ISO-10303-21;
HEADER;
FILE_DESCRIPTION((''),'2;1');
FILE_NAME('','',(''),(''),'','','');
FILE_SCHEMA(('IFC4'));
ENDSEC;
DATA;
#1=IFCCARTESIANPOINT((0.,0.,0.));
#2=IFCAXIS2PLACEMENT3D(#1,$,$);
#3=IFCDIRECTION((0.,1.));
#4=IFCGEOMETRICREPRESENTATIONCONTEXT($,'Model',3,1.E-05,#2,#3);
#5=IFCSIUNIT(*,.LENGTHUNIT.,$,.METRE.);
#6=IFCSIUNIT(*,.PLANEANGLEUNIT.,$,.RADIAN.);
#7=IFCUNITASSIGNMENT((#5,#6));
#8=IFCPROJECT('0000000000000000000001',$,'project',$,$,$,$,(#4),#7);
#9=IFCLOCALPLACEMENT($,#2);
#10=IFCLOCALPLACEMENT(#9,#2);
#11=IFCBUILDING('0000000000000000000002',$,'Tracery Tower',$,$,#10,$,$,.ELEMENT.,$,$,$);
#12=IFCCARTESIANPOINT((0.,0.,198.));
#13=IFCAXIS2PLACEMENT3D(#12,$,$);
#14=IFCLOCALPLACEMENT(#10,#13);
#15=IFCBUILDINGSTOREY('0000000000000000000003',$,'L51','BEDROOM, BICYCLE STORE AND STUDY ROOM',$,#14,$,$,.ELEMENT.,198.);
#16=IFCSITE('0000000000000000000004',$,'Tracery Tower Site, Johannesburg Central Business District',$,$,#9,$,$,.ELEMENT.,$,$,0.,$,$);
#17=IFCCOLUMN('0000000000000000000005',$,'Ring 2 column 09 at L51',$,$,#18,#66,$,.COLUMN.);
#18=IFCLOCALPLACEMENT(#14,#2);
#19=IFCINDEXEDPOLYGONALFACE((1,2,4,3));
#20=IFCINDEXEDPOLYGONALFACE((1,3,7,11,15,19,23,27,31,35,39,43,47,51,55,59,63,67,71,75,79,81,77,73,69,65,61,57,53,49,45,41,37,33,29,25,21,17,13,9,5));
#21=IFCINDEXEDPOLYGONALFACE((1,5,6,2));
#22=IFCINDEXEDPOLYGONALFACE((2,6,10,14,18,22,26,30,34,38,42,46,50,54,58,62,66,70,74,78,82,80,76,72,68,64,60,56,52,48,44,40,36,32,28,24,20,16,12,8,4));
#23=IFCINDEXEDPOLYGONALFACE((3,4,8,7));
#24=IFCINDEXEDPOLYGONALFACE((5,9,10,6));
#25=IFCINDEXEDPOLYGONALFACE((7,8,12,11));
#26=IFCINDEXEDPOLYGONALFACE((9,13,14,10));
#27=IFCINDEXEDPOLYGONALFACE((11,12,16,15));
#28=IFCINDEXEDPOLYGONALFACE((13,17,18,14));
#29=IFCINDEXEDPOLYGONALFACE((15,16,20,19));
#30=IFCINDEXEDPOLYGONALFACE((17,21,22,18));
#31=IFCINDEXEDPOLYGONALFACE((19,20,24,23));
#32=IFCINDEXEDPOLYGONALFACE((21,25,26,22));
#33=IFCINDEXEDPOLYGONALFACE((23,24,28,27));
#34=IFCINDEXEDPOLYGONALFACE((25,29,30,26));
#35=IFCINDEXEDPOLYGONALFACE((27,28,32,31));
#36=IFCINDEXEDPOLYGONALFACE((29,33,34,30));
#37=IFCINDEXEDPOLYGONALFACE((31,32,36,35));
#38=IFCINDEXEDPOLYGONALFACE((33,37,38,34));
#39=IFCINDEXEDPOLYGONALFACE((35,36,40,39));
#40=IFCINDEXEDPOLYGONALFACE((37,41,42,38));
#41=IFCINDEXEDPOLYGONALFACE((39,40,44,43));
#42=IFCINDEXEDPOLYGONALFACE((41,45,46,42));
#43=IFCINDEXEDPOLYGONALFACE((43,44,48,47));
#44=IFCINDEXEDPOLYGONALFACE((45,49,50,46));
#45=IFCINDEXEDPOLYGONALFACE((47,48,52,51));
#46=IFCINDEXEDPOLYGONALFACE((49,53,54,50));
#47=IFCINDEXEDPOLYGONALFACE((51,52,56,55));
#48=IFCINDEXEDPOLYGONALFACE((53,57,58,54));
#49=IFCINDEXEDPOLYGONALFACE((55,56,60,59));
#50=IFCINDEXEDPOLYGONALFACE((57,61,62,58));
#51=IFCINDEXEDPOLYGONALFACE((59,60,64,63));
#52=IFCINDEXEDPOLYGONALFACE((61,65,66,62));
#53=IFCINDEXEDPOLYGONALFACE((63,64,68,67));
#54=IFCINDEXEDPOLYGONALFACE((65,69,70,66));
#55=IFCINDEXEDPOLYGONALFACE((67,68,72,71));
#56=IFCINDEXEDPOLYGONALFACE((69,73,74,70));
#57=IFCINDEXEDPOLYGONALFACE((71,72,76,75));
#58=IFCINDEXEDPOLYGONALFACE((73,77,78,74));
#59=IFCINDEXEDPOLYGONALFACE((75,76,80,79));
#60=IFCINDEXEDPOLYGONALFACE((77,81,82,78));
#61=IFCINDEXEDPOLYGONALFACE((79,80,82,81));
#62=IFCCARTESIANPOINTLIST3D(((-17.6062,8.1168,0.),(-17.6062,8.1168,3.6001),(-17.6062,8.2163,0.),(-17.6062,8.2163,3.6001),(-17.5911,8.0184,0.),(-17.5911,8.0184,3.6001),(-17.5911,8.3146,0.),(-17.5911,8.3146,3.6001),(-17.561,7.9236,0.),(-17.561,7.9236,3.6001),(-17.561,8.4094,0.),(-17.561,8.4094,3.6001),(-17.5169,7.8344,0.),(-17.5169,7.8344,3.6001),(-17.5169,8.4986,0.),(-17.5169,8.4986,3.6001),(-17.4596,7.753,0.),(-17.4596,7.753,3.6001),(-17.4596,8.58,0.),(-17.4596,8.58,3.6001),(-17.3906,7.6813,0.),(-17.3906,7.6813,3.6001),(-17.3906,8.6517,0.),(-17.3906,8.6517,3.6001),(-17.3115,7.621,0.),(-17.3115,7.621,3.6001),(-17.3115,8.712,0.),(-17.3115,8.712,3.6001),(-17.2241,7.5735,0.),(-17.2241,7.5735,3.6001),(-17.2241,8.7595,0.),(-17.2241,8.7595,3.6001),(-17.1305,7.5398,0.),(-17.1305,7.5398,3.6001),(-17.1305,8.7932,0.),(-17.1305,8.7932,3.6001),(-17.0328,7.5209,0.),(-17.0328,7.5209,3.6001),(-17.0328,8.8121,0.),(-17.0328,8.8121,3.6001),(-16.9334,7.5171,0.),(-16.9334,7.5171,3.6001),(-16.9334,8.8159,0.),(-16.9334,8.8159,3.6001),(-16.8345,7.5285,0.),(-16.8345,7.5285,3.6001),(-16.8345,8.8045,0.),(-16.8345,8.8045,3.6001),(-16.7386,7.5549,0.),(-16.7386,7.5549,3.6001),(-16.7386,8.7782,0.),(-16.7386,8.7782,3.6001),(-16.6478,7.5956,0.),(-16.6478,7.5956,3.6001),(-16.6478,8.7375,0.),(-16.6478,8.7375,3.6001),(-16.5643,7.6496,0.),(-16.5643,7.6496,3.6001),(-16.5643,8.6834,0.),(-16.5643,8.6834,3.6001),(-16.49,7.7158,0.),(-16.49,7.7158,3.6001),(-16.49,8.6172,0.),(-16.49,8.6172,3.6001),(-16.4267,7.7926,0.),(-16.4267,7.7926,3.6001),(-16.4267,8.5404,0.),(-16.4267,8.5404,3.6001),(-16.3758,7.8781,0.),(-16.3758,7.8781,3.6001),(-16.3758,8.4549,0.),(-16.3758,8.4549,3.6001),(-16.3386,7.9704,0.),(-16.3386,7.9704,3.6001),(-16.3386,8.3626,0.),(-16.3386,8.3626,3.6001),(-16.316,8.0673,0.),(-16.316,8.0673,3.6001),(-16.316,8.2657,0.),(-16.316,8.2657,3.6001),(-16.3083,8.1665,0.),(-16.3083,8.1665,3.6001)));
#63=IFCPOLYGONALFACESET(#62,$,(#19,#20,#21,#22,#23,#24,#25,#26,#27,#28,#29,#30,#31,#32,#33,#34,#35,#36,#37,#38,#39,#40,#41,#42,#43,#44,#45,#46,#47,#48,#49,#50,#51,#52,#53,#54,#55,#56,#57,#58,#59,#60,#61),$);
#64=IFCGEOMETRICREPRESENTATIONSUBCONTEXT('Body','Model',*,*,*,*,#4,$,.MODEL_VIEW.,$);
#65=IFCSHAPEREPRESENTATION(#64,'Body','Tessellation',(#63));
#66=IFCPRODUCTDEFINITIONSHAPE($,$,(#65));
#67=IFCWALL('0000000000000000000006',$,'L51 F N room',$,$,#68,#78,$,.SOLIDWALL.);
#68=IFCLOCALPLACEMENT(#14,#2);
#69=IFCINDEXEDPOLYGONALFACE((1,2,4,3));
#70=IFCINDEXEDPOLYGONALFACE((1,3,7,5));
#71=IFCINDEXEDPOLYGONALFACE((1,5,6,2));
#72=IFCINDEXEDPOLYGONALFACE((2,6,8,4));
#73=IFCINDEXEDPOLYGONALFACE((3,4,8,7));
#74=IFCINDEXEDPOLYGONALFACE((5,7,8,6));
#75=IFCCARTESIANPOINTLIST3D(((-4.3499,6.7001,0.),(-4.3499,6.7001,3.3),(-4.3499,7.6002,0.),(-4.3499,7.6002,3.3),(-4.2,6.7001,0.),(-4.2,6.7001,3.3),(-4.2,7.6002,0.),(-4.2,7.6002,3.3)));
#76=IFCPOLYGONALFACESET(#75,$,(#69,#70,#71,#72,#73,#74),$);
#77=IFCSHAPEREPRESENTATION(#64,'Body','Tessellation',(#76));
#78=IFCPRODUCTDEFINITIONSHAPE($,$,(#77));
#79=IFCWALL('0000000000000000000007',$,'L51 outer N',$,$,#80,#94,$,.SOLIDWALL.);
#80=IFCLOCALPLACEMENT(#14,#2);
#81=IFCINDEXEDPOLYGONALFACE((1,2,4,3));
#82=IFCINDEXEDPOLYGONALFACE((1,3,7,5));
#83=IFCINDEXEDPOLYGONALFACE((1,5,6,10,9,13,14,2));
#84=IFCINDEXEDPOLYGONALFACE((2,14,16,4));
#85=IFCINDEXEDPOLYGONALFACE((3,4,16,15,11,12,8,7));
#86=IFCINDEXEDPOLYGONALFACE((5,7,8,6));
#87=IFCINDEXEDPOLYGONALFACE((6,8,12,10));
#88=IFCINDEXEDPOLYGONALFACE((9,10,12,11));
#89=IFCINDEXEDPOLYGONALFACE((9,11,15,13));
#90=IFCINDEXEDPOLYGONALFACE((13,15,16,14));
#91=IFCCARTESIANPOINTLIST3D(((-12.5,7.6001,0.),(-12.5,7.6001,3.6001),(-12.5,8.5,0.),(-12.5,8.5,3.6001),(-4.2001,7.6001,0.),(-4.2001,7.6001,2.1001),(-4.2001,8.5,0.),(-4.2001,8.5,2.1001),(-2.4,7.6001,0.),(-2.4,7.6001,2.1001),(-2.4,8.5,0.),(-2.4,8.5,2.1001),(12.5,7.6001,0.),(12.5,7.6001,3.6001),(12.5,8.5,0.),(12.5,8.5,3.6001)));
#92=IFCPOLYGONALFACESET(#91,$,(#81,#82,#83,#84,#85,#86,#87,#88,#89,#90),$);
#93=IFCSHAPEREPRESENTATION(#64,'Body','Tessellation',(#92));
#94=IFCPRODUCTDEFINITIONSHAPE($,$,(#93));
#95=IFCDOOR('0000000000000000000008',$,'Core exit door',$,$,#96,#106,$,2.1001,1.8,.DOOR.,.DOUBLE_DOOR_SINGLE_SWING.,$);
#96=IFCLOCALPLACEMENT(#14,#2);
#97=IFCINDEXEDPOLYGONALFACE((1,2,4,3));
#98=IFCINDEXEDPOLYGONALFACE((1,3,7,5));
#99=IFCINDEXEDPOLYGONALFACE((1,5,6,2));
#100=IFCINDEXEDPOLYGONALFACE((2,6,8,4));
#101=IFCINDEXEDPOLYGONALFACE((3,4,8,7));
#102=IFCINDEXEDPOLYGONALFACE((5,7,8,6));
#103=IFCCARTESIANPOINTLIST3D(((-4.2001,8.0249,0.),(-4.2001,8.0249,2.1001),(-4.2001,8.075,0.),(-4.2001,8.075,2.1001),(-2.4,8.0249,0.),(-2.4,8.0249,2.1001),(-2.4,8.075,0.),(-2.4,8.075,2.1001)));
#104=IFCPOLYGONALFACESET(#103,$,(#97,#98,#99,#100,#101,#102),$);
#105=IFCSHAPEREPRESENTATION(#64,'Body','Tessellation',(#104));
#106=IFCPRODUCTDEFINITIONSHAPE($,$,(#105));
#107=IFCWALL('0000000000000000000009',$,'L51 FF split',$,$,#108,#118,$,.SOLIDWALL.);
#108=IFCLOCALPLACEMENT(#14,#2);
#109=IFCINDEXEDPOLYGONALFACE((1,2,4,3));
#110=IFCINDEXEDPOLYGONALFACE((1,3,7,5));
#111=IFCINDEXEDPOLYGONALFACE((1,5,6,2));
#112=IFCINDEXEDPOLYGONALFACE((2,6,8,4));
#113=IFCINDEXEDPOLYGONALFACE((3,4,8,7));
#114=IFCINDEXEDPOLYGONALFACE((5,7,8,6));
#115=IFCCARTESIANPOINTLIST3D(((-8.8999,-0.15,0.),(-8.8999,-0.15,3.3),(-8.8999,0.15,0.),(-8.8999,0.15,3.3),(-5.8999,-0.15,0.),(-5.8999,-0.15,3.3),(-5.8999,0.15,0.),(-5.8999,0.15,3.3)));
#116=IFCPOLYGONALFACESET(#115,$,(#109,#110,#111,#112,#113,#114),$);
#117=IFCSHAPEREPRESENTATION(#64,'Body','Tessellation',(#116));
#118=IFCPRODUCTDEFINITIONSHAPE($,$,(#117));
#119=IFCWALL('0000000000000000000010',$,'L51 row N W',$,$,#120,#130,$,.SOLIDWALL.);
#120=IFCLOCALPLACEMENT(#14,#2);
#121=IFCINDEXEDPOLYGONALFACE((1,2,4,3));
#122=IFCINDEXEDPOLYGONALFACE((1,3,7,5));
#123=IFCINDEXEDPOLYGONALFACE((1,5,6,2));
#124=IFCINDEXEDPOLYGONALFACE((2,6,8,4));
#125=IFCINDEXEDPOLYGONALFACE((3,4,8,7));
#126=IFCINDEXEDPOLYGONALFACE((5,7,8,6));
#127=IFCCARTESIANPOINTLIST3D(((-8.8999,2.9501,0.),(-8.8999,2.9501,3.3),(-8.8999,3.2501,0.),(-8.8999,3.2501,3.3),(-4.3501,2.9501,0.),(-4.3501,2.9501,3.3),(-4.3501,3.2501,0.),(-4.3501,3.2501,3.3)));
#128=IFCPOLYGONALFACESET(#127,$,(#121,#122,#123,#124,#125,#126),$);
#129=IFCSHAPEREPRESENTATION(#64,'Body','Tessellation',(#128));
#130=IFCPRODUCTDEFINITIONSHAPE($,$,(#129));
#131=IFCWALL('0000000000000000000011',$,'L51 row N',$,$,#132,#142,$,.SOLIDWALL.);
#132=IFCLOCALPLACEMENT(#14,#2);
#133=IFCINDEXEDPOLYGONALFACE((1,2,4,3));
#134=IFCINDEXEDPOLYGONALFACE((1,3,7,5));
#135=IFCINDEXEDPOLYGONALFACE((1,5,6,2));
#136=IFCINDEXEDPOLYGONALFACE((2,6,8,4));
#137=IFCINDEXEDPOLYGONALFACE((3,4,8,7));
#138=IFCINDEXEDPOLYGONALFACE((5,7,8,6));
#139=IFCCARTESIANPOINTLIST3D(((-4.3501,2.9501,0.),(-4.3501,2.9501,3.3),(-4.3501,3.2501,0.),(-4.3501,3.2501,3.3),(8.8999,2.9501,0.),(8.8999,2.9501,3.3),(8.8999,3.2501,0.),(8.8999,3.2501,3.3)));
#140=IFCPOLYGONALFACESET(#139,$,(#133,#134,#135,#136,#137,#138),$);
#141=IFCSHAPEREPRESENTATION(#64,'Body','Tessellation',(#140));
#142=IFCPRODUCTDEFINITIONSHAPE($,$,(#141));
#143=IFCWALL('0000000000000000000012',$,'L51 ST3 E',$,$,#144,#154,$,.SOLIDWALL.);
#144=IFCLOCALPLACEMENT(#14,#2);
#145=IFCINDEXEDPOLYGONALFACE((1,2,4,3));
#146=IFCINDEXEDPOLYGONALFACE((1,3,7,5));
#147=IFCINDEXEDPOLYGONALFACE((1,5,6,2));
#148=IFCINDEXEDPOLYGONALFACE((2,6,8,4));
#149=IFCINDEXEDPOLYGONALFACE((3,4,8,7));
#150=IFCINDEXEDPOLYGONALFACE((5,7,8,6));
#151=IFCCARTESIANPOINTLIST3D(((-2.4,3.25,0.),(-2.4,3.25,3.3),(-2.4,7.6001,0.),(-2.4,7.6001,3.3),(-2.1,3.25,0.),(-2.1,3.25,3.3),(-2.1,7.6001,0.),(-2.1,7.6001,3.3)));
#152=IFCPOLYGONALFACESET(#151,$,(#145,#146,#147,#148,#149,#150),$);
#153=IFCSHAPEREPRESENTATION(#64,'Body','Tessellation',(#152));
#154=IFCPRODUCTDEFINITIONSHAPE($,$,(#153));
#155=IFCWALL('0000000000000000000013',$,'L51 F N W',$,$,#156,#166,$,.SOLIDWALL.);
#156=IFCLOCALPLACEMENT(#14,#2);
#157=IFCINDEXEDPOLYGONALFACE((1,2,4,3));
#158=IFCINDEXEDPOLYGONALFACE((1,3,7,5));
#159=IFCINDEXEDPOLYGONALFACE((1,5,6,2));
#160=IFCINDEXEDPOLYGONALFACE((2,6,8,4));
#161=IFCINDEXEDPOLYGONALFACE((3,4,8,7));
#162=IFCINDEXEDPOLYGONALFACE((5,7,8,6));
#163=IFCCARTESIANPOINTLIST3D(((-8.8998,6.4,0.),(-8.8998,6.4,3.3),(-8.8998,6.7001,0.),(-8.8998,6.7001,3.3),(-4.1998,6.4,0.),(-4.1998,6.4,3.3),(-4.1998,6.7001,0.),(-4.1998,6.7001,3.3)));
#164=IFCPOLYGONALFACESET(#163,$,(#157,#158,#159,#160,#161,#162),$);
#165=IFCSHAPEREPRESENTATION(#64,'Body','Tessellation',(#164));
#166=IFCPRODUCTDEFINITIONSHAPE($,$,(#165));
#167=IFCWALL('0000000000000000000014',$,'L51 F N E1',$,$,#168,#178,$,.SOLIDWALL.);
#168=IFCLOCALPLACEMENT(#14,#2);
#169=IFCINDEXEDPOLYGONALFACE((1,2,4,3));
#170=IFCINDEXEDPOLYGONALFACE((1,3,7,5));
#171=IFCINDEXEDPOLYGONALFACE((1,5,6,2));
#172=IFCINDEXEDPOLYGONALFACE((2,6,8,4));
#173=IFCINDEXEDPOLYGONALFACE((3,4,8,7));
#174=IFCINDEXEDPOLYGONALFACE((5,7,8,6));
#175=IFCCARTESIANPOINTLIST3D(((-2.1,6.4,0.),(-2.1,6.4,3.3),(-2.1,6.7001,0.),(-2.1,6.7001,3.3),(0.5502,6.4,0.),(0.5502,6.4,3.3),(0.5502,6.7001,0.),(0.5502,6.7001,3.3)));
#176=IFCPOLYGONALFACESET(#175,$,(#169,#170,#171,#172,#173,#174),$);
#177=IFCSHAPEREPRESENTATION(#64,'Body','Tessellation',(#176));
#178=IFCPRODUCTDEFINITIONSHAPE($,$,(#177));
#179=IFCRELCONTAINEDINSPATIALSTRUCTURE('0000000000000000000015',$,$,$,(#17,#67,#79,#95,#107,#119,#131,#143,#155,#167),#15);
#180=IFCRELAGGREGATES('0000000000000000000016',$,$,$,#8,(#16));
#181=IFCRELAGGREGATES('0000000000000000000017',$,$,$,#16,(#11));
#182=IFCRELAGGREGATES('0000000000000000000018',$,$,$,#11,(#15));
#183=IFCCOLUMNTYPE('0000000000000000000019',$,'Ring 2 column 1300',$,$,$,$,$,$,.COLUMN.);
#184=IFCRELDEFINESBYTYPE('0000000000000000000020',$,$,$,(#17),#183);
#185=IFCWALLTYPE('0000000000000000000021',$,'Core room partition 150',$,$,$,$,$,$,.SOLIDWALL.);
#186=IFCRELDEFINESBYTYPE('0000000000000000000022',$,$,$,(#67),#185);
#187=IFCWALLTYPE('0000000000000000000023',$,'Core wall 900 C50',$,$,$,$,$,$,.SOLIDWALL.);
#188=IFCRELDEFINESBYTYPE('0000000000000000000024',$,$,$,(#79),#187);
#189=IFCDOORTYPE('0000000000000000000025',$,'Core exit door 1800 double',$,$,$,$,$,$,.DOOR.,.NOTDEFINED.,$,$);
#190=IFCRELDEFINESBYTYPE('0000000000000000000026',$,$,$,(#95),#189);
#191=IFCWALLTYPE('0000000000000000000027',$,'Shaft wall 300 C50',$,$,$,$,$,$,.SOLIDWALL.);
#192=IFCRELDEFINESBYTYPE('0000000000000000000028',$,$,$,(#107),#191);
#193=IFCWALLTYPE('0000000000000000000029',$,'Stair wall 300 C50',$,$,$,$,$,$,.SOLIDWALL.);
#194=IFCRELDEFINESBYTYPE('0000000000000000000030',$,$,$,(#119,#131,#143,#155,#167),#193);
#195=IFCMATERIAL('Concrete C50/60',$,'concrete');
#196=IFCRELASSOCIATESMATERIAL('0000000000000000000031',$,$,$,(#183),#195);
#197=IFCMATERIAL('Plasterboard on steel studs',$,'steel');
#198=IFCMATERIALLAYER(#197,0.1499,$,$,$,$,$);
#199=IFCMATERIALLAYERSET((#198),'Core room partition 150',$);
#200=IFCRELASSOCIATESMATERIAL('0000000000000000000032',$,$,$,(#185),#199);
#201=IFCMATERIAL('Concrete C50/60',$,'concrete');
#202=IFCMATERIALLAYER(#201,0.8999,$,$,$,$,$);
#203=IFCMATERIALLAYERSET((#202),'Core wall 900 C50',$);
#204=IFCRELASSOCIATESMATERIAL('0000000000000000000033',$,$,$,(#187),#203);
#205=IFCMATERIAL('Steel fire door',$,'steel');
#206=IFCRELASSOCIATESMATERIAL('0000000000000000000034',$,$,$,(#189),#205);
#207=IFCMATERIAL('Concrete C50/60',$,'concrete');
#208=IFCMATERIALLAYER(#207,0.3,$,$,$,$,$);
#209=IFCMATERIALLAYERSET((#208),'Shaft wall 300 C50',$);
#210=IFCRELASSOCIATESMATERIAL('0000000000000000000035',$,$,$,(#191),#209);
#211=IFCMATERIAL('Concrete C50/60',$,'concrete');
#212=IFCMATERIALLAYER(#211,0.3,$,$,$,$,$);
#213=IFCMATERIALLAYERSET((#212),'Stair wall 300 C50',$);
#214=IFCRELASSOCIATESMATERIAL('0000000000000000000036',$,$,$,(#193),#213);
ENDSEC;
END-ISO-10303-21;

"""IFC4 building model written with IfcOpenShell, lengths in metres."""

from ifc_helpers import new_model, si_unit, direction, frame, frame_2d, origin, origin_2d, place, context, subcontext, project, spatial, rectangle, circle, extrude, material, layer, layer_set, material_profile, profile_set, type_object, element, fill, save


model = new_model("IFC4")

# Units and contexts
model_context = context("Model", 3, precision=1e-05, world=origin(), true_north=direction((0.0, 1.0)))
body_context = subcontext(model_context, "Body", "Model", "MODEL_VIEW")
ifc_project = project(units=[si_unit("LENGTHUNIT", "METRE"), si_unit("PLANEANGLEUNIT", "RADIAN")], contexts=[model_context])

# Site, building, storey
site_placement = place(None, origin())
site = spatial("IfcSite", under=ifc_project, at=site_placement, Name="Tracery Tower Site, Johannesburg Central Business District", CompositionType="ELEMENT", RefElevation=0.0)
building_placement = place(site_placement, origin())
building = spatial("IfcBuilding", under=site, at=building_placement, Name="Tracery Tower", CompositionType="ELEMENT")
storey_placement = place(building_placement, frame((0.0, 0.0, 198.0)))
storey = spatial("IfcBuildingStorey", under=building, at=storey_placement, Name="L51", Description="BEDROOM, BICYCLE STORE AND STUDY ROOM", CompositionType="ELEMENT", Elevation=198.0)

# Column
ifc_material_1 = material(Name="Concrete C50/60", Category="concrete")
ifc_material_profile = material_profile(ifc_material_1, circle(Radius=0.6499, at=origin_2d()), Name="RC D1300")
ifc_profile_set = profile_set([ifc_material_profile], Name="Concrete C50/60")
column_type = type_object("IfcColumnType", Name="Ring 2 column 1300", PredefinedType="COLUMN", material=ifc_profile_set)
column_placement = place(storey_placement, frame((-16.9583, 8.1665, 0.0), z_axis=(0.0, 0.0, 1.0), x_axis=(1.0, 0.0, 0.0)))
element("IfcColumn", 1, at=column_placement, inside=storey, type_object=column_type, Name="Ring 2 column 09 at L51", PredefinedType="COLUMN", context=body_context, shape_type="SweptSolid", body=[
    extrude(circle(Radius=0.6499, at=origin_2d()), origin(), (0.0, 0.0, 1.0), 3.6001),
])

# Wall
ifc_material_2 = material(Name="Plasterboard on steel studs", Category="steel")
ifc_layer_1 = layer(ifc_material_2, 0.1499)
ifc_layer_set_1 = layer_set([ifc_layer_1], Name="Core room partition 150")
wall_type_1 = type_object("IfcWallType", Name="Core room partition 150", PredefinedType="SOLIDWALL", material=ifc_layer_set_1)
wall_1_placement = place(storey_placement, frame((-4.2749, 6.7, 0.0), z_axis=(0.0, 0.0, 1.0), x_axis=(0.0, 1.0, 0.0)))
element("IfcWall", 2, at=wall_1_placement, inside=storey, type_object=wall_type_1, Name="L51 F N room", PredefinedType="SOLIDWALL", context=body_context, shape_type="SweptSolid", body=[
    extrude(rectangle(XDim=0.9001, YDim=0.1499, at=frame_2d((0.4502, 0.0))), origin(), (0.0, 0.0, 1.0), 3.3),
])

# Wall, opening, door
ifc_material_3 = material(Name="Concrete C50/60", Category="concrete")
ifc_layer_2 = layer(ifc_material_3, 0.8999)
ifc_layer_set_2 = layer_set([ifc_layer_2], Name="Core wall 900 C50")
wall_type_2 = type_object("IfcWallType", Name="Core wall 900 C50", PredefinedType="SOLIDWALL", material=ifc_layer_set_2)
wall_2_placement = place(storey_placement, frame((-12.5, 8.05, 0.0), z_axis=(0.0, 0.0, 1.0), x_axis=(1.0, 0.0, 0.0)))
wall_2 = element("IfcWall", 3, at=wall_2_placement, inside=storey, type_object=wall_type_2, Name="L51 outer N", PredefinedType="SOLIDWALL", context=body_context, shape_type="SweptSolid", body=[
    extrude(rectangle(XDim=25.0, YDim=0.8999, at=frame_2d((12.5, 0.0))), origin(), (0.0, 0.0, 1.0), 3.6001),
])
opening_1_placement = place(wall_2_placement, frame((8.3, 0.0, 0.0)))
opening_1 = element("IfcOpeningElement", 4, at=opening_1_placement, cuts=wall_2, PredefinedType="OPENING", context=body_context, shape_type="SweptSolid", body=[
    extrude(rectangle(XDim=1.8, YDim=2.1001, at=frame_2d((0.8999, 1.05))), frame((0.0, 0.45, 0.0), z_axis=(0.0, -1.0, 0.0), x_axis=(1.0, 0.0, 0.0)), (0.0, 0.0, 1.0), 0.8999),
])
ifc_material_4 = material(Name="Steel fire door", Category="steel")
door_type_1 = type_object("IfcDoorType", Name="Core exit door 1800 double", OperationType="NOTDEFINED", PredefinedType="DOOR", material=ifc_material_4)
door_1_placement = place(opening_1_placement, origin())
door_1 = element("IfcDoor", 5, at=door_1_placement, inside=storey, type_object=door_type_1, Name="Core exit door", OperationType="DOUBLE_DOOR_SINGLE_SWING", OverallHeight=2.1001, OverallWidth=1.8, PredefinedType="DOOR", context=body_context, shape_type="SweptSolid", body=[
    extrude(rectangle(XDim=1.8, YDim=2.1001, at=frame_2d((0.8999, 1.05))), frame((0.0, 0.0249, 0.0), z_axis=(0.0, -1.0, 0.0), x_axis=(1.0, 0.0, 0.0)), (0.0, 0.0, 1.0), 0.05),
])
fill(opening_1, door_1)

# Wall
ifc_material_5 = material(Name="Concrete C50/60", Category="concrete")
ifc_layer_3 = layer(ifc_material_5, 0.3)
ifc_layer_set_3 = layer_set([ifc_layer_3], Name="Shaft wall 300 C50")
wall_type_3 = type_object("IfcWallType", Name="Shaft wall 300 C50", PredefinedType="SOLIDWALL", material=ifc_layer_set_3)
wall_3_placement = place(storey_placement, frame((-8.8999, 0.0, 0.0), z_axis=(0.0, 0.0, 1.0), x_axis=(1.0, 0.0, 0.0)))
element("IfcWall", 6, at=wall_3_placement, inside=storey, type_object=wall_type_3, Name="L51 FF split", PredefinedType="SOLIDWALL", context=body_context, shape_type="SweptSolid", body=[
    extrude(rectangle(XDim=3.0, YDim=0.3, at=frame_2d((1.5, 0.0))), origin(), (0.0, 0.0, 1.0), 3.3),
])

# Walls
ifc_material_6 = material(Name="Concrete C50/60", Category="concrete")
ifc_layer_4 = layer(ifc_material_6, 0.3)
ifc_layer_set_4 = layer_set([ifc_layer_4], Name="Stair wall 300 C50")
wall_type_4 = type_object("IfcWallType", Name="Stair wall 300 C50", PredefinedType="SOLIDWALL", material=ifc_layer_set_4)
wall_4_placement = place(storey_placement, frame((-8.8999, 3.1001, 0.0), z_axis=(0.0, 0.0, 1.0), x_axis=(1.0, 0.0, 0.0)))
element("IfcWall", 7, at=wall_4_placement, inside=storey, type_object=wall_type_4, Name="L51 row N W", PredefinedType="SOLIDWALL", context=body_context, shape_type="SweptSolid", body=[
    extrude(rectangle(XDim=4.5498, YDim=0.3, at=frame_2d((2.2749, 0.0))), origin(), (0.0, 0.0, 1.0), 3.3),
])
wall_5_placement = place(storey_placement, frame((-4.3501, 3.1001, 0.0), z_axis=(0.0, 0.0, 1.0), x_axis=(1.0, 0.0, 0.0)))
element("IfcWall", 8, at=wall_5_placement, inside=storey, type_object=wall_type_4, Name="L51 row N", PredefinedType="SOLIDWALL", context=body_context, shape_type="SweptSolid", body=[
    extrude(rectangle(XDim=13.25, YDim=0.3, at=frame_2d((6.625, 0.0))), origin(), (0.0, 0.0, 1.0), 3.3),
])
wall_6_placement = place(storey_placement, frame((-2.25, 3.25, 0.0), z_axis=(0.0, 0.0, 1.0), x_axis=(0.0, 1.0, 0.0)))
element("IfcWall", 9, at=wall_6_placement, inside=storey, type_object=wall_type_4, Name="L51 ST3 E", PredefinedType="SOLIDWALL", context=body_context, shape_type="SweptSolid", body=[
    extrude(rectangle(XDim=4.3501, YDim=0.3, at=frame_2d((2.175, 0.0))), origin(), (0.0, 0.0, 1.0), 3.3),
])
wall_7_placement = place(storey_placement, frame((-8.8999, 6.55, 0.0), z_axis=(0.0, 0.0, 1.0), x_axis=(1.0, 0.0, 0.0)))
element("IfcWall", 10, at=wall_7_placement, inside=storey, type_object=wall_type_4, Name="L51 F N W", PredefinedType="SOLIDWALL", context=body_context, shape_type="SweptSolid", body=[
    extrude(rectangle(XDim=4.7, YDim=0.3, at=frame_2d((2.3501, 0.0))), origin(), (0.0, 0.0, 1.0), 3.3),
])

# Wall
wall_8_placement = place(storey_placement, frame((-2.1001, 6.55, 0.0), z_axis=(0.0, 0.0, 1.0), x_axis=(1.0, 0.0, 0.0)))
element("IfcWall", 11, at=wall_8_placement, inside=storey, type_object=wall_type_4, Name="L51 F N E1", PredefinedType="SOLIDWALL", context=body_context, shape_type="SweptSolid", body=[
    extrude(rectangle(XDim=2.6501, YDim=0.3, at=frame_2d((1.3252, 0.0))), origin(), (0.0, 0.0, 1.0), 3.3),
])

save(model, "model.ifc")
